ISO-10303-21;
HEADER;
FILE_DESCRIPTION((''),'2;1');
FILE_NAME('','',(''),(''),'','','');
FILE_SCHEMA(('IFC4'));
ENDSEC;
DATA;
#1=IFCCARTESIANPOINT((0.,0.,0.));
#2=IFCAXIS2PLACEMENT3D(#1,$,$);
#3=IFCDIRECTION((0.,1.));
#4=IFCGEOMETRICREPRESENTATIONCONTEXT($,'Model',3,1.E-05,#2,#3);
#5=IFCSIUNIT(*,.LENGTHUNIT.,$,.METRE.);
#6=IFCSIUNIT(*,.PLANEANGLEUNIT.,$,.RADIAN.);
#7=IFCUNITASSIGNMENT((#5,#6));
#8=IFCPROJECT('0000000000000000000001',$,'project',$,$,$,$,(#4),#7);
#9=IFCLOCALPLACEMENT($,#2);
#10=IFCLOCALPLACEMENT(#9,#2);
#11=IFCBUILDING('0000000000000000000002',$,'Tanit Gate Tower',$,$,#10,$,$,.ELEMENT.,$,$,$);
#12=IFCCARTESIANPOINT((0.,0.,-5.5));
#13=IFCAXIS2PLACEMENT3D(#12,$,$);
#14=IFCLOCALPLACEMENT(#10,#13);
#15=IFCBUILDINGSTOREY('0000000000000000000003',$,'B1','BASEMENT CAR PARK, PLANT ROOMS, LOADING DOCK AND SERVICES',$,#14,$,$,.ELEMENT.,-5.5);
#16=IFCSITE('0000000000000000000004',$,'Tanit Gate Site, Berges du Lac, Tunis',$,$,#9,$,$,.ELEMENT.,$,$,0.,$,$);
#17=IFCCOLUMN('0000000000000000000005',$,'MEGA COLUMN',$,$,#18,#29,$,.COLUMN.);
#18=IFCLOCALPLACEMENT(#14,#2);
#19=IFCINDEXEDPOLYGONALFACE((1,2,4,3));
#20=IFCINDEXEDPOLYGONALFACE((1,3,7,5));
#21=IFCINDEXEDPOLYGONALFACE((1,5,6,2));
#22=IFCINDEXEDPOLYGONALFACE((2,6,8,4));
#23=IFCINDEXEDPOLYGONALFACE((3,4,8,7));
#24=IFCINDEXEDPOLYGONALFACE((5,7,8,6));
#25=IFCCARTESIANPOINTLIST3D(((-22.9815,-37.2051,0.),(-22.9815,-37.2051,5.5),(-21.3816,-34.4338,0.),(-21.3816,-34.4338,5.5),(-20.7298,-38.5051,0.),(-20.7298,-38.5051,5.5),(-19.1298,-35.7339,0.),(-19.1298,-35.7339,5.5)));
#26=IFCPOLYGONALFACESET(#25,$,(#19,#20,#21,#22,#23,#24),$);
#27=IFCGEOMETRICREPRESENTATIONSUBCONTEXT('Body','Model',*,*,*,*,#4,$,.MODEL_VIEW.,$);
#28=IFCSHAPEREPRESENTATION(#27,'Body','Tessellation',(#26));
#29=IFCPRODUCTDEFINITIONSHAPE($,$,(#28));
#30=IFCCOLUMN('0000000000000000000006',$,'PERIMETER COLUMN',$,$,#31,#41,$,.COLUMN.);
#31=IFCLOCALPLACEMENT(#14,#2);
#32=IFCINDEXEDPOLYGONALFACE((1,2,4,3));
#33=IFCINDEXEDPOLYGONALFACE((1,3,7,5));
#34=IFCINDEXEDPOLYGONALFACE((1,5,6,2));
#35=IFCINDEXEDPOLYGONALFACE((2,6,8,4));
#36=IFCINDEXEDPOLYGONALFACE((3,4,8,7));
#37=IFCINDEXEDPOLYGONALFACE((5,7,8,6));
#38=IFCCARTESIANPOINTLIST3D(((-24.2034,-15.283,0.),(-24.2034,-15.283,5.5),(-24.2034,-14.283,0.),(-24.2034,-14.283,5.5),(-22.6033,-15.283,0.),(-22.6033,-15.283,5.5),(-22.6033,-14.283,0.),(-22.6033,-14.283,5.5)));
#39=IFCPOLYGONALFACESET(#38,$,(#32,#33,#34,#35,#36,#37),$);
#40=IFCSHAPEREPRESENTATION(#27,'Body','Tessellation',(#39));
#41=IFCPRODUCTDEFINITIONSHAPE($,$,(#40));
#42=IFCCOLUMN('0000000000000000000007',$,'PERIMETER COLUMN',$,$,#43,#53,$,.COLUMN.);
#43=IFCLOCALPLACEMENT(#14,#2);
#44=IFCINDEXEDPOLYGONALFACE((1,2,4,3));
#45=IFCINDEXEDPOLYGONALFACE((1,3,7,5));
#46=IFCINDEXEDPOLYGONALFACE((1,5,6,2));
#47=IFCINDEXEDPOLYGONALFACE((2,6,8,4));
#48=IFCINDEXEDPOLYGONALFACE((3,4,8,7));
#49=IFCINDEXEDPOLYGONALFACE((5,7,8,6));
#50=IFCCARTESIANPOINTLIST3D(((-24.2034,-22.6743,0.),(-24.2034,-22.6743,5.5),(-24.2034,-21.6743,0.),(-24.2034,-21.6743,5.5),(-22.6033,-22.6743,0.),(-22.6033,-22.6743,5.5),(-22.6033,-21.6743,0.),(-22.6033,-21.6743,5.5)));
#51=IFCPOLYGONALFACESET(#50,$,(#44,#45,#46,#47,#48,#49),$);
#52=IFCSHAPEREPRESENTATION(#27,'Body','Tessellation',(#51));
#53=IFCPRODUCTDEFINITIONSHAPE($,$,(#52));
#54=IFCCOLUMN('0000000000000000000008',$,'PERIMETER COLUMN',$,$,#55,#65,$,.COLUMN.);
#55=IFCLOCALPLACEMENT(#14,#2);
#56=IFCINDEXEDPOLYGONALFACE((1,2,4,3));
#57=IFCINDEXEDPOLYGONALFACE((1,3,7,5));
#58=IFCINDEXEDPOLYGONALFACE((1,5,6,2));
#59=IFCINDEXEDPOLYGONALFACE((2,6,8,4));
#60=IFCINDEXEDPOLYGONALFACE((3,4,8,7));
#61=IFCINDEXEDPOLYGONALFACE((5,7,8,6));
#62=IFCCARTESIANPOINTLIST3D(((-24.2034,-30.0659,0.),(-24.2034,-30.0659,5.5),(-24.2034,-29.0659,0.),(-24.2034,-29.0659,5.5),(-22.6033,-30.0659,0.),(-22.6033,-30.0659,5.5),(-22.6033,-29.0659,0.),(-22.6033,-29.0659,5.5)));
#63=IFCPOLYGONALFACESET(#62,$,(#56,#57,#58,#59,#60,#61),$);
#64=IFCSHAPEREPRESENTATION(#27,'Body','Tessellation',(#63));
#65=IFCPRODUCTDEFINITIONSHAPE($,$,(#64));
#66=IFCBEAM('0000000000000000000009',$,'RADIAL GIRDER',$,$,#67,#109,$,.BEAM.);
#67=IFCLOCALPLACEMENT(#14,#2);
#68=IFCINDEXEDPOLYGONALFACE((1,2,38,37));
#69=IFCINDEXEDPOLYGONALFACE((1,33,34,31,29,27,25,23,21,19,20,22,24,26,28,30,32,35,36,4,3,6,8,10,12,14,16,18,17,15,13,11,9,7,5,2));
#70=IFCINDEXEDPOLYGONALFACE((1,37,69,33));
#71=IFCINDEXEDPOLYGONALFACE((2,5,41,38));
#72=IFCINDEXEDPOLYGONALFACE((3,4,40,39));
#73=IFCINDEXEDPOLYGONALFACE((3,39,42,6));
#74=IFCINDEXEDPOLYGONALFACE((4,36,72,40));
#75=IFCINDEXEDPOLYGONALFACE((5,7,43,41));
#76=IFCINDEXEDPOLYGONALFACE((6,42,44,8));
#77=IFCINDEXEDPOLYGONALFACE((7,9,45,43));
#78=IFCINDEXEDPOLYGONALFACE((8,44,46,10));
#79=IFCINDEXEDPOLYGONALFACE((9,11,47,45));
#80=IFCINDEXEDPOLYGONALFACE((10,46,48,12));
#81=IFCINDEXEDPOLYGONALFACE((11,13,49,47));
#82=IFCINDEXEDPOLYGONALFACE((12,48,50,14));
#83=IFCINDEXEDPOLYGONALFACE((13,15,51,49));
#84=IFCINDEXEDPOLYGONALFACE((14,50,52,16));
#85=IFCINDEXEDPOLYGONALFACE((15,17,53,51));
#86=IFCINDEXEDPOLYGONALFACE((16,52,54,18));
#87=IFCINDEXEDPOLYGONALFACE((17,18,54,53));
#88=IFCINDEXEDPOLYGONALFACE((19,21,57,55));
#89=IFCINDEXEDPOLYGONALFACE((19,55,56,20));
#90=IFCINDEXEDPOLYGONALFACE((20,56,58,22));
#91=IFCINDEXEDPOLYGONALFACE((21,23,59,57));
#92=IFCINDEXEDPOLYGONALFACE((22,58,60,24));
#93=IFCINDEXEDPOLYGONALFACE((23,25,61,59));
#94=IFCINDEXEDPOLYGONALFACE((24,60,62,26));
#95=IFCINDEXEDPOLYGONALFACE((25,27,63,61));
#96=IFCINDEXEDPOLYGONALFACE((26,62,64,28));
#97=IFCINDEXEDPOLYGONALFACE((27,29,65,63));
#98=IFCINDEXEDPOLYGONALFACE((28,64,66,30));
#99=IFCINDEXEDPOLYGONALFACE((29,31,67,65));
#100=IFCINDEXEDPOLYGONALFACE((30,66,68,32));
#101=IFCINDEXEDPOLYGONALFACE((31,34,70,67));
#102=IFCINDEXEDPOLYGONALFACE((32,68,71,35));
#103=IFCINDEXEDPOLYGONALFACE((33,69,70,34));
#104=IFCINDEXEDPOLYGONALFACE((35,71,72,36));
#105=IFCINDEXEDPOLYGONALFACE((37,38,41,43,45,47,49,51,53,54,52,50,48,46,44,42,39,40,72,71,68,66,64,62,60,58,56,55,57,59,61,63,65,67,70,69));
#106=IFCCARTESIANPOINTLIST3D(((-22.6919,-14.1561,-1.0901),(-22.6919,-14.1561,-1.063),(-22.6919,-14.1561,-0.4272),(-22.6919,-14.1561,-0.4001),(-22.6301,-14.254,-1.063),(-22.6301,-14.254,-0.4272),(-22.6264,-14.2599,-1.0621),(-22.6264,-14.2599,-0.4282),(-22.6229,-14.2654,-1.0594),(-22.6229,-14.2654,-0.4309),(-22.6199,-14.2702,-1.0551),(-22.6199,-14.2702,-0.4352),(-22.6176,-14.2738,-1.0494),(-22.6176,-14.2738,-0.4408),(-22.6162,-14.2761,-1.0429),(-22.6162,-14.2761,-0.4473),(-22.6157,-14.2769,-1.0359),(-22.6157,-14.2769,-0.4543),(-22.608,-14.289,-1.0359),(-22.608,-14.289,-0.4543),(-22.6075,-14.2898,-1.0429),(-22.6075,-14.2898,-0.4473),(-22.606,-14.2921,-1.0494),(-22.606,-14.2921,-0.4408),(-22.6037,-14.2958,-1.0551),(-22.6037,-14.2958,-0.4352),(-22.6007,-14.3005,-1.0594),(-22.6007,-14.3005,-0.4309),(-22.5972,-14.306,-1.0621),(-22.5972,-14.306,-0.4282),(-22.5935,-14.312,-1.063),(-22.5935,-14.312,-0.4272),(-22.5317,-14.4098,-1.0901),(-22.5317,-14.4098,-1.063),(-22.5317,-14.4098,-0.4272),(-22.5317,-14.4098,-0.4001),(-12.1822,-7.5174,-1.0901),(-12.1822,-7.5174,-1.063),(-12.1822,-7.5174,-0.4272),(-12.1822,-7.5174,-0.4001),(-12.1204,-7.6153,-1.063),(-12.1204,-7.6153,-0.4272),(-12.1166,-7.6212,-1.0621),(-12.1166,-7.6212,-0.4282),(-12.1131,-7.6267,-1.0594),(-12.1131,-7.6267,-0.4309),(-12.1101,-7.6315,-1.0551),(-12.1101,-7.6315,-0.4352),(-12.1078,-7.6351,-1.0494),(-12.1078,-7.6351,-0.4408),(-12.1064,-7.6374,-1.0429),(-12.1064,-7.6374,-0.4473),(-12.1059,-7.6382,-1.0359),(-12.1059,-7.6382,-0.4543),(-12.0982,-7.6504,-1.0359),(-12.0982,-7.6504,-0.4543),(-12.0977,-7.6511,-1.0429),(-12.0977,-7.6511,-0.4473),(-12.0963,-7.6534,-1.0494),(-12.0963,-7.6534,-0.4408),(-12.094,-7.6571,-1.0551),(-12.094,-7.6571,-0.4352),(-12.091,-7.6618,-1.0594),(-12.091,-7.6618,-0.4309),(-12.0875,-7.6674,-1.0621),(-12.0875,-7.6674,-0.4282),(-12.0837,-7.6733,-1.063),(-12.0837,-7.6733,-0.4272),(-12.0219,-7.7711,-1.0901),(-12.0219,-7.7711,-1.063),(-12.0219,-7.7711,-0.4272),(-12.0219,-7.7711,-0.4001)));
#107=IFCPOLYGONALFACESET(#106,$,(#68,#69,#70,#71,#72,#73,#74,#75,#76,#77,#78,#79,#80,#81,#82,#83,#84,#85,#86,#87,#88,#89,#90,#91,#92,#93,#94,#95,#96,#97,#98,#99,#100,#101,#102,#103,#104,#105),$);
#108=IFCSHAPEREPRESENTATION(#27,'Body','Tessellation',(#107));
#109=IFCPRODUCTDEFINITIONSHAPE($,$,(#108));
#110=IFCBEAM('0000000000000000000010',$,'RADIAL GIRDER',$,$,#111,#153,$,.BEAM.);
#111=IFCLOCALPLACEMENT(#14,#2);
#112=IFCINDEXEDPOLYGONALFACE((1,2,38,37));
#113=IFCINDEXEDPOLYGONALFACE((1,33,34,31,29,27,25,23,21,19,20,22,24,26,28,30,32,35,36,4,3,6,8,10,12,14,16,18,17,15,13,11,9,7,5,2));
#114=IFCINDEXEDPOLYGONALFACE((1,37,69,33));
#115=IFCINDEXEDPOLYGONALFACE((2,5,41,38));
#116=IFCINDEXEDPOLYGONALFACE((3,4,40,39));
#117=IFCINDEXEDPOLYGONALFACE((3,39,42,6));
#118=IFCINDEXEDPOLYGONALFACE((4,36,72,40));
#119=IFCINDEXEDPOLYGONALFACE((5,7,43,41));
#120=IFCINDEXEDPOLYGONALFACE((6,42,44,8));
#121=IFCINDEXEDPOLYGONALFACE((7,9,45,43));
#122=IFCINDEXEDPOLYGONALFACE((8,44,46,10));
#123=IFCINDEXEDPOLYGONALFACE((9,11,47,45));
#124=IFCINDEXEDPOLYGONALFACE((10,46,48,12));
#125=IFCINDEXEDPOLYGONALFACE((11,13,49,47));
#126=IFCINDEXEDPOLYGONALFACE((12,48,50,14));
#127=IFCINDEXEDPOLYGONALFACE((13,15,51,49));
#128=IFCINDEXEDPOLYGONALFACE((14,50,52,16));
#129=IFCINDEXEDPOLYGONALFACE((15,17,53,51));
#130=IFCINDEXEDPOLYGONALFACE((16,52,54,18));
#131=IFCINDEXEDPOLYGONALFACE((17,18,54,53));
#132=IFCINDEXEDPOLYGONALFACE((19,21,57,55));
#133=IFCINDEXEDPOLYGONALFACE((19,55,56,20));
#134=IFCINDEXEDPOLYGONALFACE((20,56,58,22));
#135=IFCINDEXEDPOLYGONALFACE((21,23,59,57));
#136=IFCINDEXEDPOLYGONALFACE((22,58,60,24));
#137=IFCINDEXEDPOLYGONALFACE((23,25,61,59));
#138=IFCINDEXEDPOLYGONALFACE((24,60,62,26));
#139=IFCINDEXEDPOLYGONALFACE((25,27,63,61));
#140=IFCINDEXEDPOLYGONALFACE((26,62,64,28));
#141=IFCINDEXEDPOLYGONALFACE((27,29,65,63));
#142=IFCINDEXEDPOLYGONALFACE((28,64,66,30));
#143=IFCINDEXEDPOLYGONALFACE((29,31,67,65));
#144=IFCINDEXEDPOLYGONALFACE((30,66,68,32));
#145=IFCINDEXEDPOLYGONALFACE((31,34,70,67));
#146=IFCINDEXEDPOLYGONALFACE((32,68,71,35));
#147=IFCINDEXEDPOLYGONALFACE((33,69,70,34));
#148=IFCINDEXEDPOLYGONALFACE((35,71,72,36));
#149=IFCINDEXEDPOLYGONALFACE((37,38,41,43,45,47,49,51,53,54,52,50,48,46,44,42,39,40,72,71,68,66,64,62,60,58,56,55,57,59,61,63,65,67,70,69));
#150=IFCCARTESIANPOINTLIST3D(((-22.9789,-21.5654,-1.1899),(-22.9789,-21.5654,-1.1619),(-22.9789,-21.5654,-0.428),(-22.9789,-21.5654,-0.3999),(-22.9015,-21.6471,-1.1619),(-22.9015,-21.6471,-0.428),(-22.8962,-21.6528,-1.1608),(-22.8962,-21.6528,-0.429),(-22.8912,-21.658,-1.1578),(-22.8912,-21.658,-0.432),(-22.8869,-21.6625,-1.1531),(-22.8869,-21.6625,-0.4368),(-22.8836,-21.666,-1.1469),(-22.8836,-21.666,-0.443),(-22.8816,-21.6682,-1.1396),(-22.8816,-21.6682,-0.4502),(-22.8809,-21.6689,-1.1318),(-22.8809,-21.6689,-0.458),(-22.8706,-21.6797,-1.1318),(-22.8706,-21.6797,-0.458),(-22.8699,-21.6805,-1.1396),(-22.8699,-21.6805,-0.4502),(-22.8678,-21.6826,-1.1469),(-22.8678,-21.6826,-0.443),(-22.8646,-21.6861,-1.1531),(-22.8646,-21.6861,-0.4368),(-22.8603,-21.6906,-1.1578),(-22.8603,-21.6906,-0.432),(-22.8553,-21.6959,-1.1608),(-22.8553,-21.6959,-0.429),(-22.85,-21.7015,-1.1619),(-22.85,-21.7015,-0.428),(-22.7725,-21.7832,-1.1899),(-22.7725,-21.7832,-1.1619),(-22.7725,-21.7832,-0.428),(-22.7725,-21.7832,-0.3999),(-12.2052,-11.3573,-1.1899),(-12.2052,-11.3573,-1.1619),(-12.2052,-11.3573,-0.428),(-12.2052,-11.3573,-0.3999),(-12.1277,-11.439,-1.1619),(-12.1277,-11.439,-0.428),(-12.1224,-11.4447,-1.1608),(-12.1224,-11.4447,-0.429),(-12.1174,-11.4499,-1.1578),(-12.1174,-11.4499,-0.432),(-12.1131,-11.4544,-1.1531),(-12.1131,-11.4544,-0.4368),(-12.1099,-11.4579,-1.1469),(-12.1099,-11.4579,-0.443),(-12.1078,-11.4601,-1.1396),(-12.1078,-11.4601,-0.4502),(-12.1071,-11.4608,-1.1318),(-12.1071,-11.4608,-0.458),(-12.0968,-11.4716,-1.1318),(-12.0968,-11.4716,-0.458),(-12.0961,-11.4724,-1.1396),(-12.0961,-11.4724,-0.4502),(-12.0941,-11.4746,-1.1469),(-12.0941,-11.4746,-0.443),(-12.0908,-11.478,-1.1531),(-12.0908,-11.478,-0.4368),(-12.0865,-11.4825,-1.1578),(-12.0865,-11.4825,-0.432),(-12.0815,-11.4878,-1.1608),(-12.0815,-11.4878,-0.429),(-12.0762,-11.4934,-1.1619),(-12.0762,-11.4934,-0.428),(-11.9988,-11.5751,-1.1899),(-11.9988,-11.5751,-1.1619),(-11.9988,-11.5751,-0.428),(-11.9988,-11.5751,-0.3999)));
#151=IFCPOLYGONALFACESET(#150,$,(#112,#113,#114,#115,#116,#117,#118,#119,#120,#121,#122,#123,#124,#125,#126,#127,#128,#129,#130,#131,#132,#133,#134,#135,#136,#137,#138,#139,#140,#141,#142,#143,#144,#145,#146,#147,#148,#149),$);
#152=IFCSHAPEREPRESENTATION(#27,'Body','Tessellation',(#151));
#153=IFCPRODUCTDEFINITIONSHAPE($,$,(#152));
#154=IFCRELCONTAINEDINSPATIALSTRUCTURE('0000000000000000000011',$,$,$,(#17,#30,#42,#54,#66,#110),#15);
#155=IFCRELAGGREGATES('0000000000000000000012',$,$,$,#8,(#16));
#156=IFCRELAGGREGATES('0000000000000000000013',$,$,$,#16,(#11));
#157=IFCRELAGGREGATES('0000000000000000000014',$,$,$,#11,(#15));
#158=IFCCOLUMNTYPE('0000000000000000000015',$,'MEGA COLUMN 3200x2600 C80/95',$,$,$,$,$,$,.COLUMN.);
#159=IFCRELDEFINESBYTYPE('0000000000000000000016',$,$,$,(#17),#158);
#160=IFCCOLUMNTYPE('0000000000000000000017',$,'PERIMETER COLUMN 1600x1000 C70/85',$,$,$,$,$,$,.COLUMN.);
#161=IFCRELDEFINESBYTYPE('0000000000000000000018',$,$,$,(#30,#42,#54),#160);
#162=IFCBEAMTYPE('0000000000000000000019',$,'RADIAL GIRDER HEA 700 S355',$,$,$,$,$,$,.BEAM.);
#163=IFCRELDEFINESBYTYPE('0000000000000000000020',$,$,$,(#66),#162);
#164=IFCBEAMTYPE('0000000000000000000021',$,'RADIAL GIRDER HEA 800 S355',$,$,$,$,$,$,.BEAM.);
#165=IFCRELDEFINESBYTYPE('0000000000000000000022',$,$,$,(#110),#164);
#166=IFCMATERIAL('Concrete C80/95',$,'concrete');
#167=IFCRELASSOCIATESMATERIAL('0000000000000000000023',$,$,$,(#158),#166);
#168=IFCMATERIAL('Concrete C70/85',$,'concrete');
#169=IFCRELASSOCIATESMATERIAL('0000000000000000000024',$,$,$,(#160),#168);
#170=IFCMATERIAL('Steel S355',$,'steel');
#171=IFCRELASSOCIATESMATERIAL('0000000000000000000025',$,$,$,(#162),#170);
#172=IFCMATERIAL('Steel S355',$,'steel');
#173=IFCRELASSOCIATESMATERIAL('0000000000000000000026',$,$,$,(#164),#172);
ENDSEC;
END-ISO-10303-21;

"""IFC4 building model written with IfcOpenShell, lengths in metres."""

from ifc_helpers import new_model, si_unit, direction, frame, origin, origin_2d, place, context, subcontext, project, spatial, rectangle, i_section, extrude, material, material_profile, profile_set, type_object, element, save


model = new_model("IFC4")

# Units and contexts
model_context = context("Model", 3, precision=1e-05, world=origin(), true_north=direction((0.0, 1.0)))
body_context = subcontext(model_context, "Body", "Model", "MODEL_VIEW")
ifc_project = project(units=[si_unit("LENGTHUNIT", "METRE"), si_unit("PLANEANGLEUNIT", "RADIAN")], contexts=[model_context])

# Site, building, storey
site_placement = place(None, origin())
site = spatial("IfcSite", under=ifc_project, at=site_placement, Name="Tanit Gate Site, Berges du Lac, Tunis", CompositionType="ELEMENT", RefElevation=0.0)
building_placement = place(site_placement, origin())
building = spatial("IfcBuilding", under=site, at=building_placement, Name="Tanit Gate Tower", CompositionType="ELEMENT")
storey_placement = place(building_placement, frame((0.0, 0.0, -5.5)))
storey = spatial("IfcBuildingStorey", under=building, at=storey_placement, Name="B1", Description="BASEMENT CAR PARK, PLANT ROOMS, LOADING DOCK AND SERVICES", CompositionType="ELEMENT", Elevation=-5.5)

# Columns
ifc_material_1 = material(Name="Concrete C80/95", Category="concrete")
ifc_material_profile_1 = material_profile(ifc_material_1, rectangle(XDim=3.2, YDim=2.6001, at=origin_2d()), Name="RC 3200x2600")
ifc_profile_set_1 = profile_set([ifc_material_profile_1], Name="Concrete C80/95")
column_type_1 = type_object("IfcColumnType", Name="MEGA COLUMN 3200x2600 C80/95", PredefinedType="COLUMN", material=ifc_profile_set_1)
column_placement = place(storey_placement, frame((-21.0557, -36.4695, 0.0), z_axis=(0.0, 0.0, 1.0), x_axis=(-0.5, -0.866025, 0.0)))
element("IfcColumn", 1, at=column_placement, inside=storey, type_object=column_type_1, Name="MEGA COLUMN", PredefinedType="COLUMN", context=body_context, shape_type="SweptSolid", body=[
    extrude(rectangle(XDim=3.2, YDim=2.6001, at=origin_2d()), origin(), (0.0, 0.0, 1.0), 5.5),
])
ifc_material_2 = material(Name="Concrete C70/85", Category="concrete")
ifc_material_profile_2 = material_profile(ifc_material_2, rectangle(XDim=1.6001, YDim=1.0, at=origin_2d()), Name="RC 1600x1000")
ifc_profile_set_2 = profile_set([ifc_material_profile_2], Name="Concrete C70/85")
column_type_2 = type_object("IfcColumnType", Name="PERIMETER COLUMN 1600x1000 C70/85", PredefinedType="COLUMN", material=ifc_profile_set_2)
for number, where, z_axis, x_axis, name in (
    (2, (-23.4033, -14.783, 0.0), (0.0, 0.0, 1.0), (-1.0, 0.0, 0.0), "PERIMETER COLUMN"),
    (3, (-23.4033, -22.1743, 0.0), (0.0, 0.0, 1.0), (-1.0, 0.0, 0.0), "PERIMETER COLUMN"),
    (4, (-23.4033, -29.5659, 0.0), (0.0, 0.0, 1.0), (-1.0, 0.0, 0.0), "PERIMETER COLUMN"),
):
    element("IfcColumn", number, at=place(storey_placement, frame(where, z_axis=z_axis, x_axis=x_axis)), inside=storey, type_object=column_type_2, Name=name, PredefinedType="COLUMN", context=body_context, shape_type="SweptSolid", body=[
        extrude(rectangle(XDim=1.6001, YDim=1.0, at=origin_2d()), origin(), (0.0, 0.0, 1.0), 5.5),
    ])

# Beams
ifc_material_3 = material(Name="Steel S355", Category="steel")
ifc_material_profile_3 = material_profile(ifc_material_3, i_section(OverallWidth=0.3, OverallDepth=0.6899, WebThickness=0.0144, FlangeThickness=0.0271, FilletRadius=0.0271, at=origin_2d()), Name="HEA 700")
ifc_profile_set_3 = profile_set([ifc_material_profile_3], Name="Steel S355")
beam_type_1 = type_object("IfcBeamType", Name="RADIAL GIRDER HEA 700 S355", PredefinedType="BEAM", material=ifc_profile_set_3)
beam_1_placement = place(storey_placement, frame((-22.6118, -14.283, -0.7451), z_axis=(0.845455, 0.534046, 0.0), x_axis=(-0.534046, 0.845455, 0.0)))
element("IfcBeam", 5, at=beam_1_placement, inside=storey, type_object=beam_type_1, Name="RADIAL GIRDER", PredefinedType="BEAM", context=body_context, shape_type="SweptSolid", body=[
    extrude(i_section(OverallWidth=0.3, OverallDepth=0.6899, WebThickness=0.0144, FlangeThickness=0.0271, FilletRadius=0.0271, at=origin_2d()), origin(), (0.0, 0.0, 1.0), 12.4309),
])
ifc_material_4 = material(Name="Steel S355", Category="steel")
ifc_material_profile_4 = material_profile(ifc_material_4, i_section(OverallWidth=0.3, OverallDepth=0.79, WebThickness=0.0149, FlangeThickness=0.0281, FilletRadius=0.03, at=origin_2d()), Name="HEA 800")
ifc_profile_set_4 = profile_set([ifc_material_profile_4], Name="Steel S355")
beam_type_2 = type_object("IfcBeamType", Name="RADIAL GIRDER HEA 800 S355", PredefinedType="BEAM", material=ifc_profile_set_4)
beam_2_placement = place(storey_placement, frame((-22.8757, -21.6743, -0.7949), z_axis=(0.725907, 0.687793, 0.0), x_axis=(-0.687793, 0.725907, 0.0)))
element("IfcBeam", 6, at=beam_2_placement, inside=storey, type_object=beam_type_2, Name="RADIAL GIRDER", PredefinedType="BEAM", context=body_context, shape_type="SweptSolid", body=[
    extrude(i_section(OverallWidth=0.3, OverallDepth=0.79, WebThickness=0.0149, FlangeThickness=0.0281, FilletRadius=0.03, at=origin_2d()), origin(), (0.0, 0.0, 1.0), 14.8418),
])

save(model, "model.ifc")
